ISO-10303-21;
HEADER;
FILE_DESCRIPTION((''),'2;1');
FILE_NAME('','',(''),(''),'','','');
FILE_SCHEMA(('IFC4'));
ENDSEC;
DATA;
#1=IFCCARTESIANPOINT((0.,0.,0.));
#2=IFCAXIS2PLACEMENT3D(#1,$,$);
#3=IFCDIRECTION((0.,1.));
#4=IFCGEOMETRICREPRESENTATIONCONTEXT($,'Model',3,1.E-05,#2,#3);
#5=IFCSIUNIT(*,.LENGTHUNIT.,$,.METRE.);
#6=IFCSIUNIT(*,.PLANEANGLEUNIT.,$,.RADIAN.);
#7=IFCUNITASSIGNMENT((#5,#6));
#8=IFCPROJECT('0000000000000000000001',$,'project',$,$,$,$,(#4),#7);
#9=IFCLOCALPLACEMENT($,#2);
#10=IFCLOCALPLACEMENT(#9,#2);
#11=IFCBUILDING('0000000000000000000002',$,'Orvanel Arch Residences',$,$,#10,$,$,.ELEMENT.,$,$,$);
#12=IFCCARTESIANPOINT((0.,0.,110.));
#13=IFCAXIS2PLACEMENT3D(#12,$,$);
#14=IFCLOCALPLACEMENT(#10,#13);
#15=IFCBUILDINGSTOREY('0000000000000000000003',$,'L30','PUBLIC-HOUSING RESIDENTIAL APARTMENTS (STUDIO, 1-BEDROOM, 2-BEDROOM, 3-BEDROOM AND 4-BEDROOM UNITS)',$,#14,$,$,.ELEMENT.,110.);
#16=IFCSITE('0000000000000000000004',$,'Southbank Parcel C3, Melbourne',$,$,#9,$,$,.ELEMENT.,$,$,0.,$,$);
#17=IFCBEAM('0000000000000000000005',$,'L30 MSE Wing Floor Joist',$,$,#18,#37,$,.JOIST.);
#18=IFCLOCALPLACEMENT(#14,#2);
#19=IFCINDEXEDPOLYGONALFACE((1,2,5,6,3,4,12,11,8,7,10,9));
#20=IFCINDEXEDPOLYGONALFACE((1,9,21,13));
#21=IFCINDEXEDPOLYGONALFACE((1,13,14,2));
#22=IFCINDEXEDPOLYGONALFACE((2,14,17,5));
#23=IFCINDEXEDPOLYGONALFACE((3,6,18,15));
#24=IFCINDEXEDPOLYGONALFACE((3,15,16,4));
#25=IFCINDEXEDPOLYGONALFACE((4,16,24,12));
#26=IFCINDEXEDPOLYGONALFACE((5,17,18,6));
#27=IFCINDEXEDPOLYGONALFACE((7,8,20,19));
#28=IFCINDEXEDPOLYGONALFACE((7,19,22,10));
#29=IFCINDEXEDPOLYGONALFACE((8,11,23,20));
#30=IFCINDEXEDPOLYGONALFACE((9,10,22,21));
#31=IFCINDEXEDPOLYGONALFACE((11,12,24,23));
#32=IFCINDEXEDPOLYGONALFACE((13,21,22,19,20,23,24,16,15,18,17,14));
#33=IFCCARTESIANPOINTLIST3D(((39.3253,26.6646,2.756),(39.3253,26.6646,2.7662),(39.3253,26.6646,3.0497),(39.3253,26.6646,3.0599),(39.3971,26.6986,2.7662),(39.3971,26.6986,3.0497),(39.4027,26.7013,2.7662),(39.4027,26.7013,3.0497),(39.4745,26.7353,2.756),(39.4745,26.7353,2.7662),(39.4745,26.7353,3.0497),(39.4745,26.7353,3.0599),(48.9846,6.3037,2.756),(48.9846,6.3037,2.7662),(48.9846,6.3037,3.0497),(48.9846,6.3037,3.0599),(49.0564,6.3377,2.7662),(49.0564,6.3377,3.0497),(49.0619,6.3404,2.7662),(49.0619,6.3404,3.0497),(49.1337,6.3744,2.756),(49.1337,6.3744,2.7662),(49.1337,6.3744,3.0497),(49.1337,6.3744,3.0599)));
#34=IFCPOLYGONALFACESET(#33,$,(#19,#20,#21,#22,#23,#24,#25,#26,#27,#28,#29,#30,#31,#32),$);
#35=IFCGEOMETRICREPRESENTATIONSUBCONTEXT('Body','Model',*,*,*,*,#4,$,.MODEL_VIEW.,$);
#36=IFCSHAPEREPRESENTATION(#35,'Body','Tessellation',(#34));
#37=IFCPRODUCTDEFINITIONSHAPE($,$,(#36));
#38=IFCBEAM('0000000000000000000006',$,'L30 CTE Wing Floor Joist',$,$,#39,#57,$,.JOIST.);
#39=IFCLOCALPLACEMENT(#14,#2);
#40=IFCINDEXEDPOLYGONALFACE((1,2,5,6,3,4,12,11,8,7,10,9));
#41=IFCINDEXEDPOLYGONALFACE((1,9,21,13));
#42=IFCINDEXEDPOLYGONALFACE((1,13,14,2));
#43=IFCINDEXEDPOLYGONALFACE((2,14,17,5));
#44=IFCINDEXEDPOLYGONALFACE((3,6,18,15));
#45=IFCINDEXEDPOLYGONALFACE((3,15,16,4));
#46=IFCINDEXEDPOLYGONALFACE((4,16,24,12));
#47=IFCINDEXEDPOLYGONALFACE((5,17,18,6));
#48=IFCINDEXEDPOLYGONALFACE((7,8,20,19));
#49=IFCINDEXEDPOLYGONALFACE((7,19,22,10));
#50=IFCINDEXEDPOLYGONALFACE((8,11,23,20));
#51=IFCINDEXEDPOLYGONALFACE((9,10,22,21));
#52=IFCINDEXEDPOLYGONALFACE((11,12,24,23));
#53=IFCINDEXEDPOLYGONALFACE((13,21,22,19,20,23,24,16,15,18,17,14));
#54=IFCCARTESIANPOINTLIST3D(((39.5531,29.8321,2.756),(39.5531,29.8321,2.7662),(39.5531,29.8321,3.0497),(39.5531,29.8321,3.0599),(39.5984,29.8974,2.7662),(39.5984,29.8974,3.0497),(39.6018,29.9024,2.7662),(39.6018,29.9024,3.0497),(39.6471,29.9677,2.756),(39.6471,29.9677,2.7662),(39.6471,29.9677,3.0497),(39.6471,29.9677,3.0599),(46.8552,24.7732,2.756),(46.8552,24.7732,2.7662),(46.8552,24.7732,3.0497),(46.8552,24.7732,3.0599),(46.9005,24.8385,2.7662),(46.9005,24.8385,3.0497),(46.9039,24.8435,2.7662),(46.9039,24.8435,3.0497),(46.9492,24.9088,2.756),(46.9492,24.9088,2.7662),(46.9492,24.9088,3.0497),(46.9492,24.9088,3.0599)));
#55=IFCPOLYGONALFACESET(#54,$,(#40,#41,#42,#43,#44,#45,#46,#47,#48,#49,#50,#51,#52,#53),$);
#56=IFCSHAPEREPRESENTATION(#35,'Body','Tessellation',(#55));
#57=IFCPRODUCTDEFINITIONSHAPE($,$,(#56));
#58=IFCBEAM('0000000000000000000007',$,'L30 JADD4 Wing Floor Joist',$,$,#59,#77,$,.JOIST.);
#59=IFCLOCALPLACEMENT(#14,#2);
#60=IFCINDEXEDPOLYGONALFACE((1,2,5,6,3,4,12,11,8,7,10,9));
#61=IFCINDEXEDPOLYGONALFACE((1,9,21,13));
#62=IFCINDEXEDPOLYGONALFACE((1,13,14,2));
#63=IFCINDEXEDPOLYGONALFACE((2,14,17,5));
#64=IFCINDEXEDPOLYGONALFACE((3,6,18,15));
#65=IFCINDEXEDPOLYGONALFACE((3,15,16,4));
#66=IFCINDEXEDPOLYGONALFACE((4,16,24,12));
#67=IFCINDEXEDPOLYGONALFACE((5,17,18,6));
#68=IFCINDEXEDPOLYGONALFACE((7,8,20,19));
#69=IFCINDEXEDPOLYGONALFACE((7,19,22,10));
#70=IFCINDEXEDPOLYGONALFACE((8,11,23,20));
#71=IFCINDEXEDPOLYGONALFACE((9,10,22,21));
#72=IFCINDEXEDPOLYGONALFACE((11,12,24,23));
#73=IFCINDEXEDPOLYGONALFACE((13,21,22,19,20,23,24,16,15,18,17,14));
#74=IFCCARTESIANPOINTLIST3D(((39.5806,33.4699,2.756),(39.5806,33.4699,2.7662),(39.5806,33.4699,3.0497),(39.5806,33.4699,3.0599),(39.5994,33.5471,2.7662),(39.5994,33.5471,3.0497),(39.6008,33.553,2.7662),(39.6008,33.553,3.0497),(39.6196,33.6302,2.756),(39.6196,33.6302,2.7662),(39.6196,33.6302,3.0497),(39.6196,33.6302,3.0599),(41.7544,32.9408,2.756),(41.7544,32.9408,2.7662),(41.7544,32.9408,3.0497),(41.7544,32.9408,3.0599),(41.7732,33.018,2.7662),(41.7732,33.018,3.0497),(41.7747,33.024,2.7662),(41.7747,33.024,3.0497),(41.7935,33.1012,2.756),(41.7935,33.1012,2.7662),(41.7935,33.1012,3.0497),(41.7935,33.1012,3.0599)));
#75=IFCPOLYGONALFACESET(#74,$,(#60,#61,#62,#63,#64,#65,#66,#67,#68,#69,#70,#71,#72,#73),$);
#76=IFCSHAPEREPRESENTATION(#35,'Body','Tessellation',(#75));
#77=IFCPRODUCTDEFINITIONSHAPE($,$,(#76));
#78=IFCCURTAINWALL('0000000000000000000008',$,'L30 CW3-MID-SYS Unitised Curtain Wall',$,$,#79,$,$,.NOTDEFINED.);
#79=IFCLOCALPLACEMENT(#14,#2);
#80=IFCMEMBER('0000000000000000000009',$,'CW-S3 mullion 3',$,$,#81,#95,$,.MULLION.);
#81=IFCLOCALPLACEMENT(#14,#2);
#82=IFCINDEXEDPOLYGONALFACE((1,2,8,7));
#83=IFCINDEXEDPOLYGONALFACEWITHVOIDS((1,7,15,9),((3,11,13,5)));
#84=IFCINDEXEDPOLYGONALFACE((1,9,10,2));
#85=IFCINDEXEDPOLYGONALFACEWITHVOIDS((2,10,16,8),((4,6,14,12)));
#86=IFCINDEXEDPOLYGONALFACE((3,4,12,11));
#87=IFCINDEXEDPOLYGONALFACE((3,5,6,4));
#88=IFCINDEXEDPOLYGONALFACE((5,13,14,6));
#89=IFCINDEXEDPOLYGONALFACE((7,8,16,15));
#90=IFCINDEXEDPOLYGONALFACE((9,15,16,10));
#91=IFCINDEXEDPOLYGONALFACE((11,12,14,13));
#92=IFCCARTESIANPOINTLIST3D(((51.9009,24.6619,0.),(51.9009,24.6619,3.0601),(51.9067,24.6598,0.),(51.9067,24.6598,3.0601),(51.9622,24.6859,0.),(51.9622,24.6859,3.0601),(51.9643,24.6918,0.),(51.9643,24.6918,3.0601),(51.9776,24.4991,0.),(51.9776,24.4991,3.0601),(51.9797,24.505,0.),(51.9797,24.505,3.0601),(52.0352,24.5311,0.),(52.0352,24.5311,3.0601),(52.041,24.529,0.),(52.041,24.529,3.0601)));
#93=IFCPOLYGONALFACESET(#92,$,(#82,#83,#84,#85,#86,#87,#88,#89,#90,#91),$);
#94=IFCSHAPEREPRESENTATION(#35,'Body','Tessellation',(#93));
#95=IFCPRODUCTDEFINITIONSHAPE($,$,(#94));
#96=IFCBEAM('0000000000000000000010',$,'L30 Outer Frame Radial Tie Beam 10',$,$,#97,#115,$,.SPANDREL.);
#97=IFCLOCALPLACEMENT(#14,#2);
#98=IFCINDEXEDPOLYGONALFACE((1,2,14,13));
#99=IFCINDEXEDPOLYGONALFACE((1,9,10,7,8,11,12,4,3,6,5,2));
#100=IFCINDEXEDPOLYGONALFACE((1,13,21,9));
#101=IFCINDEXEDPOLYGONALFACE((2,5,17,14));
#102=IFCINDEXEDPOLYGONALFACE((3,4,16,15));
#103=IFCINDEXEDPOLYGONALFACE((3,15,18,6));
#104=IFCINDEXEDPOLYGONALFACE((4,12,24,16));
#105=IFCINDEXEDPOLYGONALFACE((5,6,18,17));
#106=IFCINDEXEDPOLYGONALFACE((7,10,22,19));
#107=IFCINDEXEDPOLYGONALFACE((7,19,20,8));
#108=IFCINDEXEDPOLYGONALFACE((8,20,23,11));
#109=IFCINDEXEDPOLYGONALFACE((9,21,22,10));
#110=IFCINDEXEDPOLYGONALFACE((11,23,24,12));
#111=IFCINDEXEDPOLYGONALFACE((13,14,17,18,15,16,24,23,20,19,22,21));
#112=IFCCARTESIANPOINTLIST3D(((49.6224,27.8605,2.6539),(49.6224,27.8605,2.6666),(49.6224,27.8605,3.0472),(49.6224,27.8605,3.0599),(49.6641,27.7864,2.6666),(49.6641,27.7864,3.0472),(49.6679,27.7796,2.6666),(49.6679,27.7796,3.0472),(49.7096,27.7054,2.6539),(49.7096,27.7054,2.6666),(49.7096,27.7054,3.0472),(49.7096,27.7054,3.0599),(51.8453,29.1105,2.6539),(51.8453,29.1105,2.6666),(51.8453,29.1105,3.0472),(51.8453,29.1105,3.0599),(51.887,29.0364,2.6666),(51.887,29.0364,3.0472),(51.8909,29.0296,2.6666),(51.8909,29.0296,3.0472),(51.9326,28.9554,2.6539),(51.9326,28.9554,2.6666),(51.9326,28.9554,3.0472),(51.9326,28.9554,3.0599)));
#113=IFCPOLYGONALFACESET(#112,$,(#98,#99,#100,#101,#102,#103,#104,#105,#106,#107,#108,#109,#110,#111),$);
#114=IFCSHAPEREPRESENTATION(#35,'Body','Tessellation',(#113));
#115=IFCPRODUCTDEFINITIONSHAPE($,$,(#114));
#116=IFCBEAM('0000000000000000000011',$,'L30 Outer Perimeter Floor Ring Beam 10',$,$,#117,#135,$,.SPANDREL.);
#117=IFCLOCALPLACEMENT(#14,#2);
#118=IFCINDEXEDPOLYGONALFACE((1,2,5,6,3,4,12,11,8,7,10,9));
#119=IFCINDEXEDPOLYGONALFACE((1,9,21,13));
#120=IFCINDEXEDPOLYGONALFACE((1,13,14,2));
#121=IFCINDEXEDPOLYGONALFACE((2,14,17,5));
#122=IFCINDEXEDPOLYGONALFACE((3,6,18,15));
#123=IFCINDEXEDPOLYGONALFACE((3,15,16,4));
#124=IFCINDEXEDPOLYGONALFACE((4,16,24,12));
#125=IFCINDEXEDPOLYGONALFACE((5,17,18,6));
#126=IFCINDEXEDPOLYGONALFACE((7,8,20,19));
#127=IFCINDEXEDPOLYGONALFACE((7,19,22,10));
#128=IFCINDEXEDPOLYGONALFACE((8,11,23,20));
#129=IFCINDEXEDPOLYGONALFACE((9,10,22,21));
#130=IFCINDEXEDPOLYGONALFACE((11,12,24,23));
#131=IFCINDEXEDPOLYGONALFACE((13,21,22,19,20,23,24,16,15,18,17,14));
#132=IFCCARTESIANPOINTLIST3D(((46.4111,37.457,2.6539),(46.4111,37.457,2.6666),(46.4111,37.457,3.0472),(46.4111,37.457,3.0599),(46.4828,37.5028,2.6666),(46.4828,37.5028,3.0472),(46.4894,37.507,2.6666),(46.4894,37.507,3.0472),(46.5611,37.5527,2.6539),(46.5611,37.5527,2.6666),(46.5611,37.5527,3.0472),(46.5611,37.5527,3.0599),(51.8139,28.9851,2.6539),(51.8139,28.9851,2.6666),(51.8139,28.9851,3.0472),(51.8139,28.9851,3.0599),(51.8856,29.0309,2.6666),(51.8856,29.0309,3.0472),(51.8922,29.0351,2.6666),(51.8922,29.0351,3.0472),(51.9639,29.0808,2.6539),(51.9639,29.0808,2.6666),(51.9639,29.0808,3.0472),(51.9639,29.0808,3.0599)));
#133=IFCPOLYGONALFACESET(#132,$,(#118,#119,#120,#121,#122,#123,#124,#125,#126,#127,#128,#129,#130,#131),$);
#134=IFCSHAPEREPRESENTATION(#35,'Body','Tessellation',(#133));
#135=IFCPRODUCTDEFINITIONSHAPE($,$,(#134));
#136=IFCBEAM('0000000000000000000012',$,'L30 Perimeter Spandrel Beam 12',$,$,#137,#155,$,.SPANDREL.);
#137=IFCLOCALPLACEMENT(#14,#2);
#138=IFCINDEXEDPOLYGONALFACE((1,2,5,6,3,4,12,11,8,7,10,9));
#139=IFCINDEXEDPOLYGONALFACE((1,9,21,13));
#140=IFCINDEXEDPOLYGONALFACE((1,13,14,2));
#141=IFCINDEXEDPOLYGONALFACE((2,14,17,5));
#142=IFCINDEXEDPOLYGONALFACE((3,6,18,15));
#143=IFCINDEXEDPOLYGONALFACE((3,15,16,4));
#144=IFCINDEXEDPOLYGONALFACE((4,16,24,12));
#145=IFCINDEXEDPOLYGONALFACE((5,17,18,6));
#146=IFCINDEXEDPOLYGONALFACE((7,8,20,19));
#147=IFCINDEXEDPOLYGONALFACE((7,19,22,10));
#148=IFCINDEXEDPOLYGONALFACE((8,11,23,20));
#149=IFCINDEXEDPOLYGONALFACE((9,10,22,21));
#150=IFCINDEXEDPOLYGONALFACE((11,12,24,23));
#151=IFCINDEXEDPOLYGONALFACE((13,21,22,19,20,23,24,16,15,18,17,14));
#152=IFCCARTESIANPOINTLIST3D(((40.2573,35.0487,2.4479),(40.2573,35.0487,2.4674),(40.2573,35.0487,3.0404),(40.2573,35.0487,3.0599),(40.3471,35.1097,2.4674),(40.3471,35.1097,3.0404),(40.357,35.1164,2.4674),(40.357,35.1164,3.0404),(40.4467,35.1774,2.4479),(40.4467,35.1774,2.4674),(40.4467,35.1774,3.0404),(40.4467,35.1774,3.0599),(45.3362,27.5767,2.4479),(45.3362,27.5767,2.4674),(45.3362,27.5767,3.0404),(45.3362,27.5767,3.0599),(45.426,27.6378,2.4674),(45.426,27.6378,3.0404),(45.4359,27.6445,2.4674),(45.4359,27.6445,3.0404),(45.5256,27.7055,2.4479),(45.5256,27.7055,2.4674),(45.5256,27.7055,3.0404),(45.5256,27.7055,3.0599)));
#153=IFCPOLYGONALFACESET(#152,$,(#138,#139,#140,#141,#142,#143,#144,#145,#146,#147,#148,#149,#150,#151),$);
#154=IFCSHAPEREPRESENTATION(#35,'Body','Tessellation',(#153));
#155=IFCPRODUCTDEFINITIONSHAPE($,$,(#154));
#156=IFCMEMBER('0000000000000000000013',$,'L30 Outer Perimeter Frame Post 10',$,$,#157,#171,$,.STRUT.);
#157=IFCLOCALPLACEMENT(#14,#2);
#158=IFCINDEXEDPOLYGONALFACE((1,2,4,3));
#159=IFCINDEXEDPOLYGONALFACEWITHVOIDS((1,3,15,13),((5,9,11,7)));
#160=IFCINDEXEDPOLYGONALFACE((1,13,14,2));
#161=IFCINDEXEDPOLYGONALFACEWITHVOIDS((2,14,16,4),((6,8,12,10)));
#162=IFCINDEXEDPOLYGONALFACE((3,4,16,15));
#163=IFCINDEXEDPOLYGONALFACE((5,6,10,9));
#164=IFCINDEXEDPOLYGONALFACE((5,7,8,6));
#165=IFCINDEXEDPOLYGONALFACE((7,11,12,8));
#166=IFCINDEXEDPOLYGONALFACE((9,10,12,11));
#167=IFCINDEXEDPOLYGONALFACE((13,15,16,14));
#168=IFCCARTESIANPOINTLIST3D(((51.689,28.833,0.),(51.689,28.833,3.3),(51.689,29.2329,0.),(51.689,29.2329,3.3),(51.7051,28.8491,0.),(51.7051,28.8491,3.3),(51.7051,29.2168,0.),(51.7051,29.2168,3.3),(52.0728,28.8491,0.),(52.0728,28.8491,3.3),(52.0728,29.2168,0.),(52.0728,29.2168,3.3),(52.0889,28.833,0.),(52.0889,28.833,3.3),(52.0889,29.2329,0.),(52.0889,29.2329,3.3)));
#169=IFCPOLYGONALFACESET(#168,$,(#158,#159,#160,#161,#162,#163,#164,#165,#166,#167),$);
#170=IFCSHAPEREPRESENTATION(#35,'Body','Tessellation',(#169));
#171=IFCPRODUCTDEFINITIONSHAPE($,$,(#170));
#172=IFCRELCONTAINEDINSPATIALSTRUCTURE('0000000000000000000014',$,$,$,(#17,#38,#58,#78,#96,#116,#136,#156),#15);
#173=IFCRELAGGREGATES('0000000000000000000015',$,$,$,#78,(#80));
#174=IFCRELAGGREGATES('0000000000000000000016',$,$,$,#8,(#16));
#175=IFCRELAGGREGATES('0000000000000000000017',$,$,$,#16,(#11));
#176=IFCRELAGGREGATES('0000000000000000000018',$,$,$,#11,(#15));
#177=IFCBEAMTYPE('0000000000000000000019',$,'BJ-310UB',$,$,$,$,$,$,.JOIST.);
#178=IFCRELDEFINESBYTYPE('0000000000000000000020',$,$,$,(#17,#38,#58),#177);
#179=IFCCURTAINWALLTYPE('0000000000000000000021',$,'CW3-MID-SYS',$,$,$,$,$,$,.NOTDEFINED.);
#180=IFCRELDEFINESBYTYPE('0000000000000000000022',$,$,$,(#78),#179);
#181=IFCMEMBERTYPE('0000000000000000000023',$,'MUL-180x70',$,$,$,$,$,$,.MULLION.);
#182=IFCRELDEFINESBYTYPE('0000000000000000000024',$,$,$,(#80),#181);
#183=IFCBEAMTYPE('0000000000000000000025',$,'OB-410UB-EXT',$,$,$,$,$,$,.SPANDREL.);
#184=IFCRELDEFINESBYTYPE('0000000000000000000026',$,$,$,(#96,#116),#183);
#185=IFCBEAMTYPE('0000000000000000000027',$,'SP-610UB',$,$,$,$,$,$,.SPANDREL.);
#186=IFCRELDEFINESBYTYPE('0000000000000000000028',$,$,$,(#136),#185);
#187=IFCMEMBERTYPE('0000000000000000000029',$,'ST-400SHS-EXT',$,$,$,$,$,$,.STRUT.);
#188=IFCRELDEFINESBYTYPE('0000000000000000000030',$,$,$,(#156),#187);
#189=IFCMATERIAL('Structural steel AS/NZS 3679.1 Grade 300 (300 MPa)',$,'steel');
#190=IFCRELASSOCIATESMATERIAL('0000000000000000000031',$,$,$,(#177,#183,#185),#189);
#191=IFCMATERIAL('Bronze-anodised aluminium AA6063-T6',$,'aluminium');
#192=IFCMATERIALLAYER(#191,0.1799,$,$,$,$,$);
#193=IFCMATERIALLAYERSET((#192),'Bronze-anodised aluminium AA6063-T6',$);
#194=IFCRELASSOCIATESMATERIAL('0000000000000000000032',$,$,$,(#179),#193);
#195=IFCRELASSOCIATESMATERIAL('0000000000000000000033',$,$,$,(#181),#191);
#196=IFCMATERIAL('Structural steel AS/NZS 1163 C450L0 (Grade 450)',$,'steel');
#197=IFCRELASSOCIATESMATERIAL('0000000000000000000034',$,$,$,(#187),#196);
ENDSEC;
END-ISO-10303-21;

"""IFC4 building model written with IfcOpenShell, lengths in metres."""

from ifc_helpers import new_model, si_unit, direction, frame, origin, origin_2d, place, context, subcontext, project, spatial, hollow_rectangle, i_section, extrude, material, layer, layer_set, material_profile, profile_set, type_object, element, aggregate, save


model = new_model("IFC4")

# Units and contexts
model_context = context("Model", 3, precision=1e-05, world=origin(), true_north=direction((0.0, 1.0)))
body_context = subcontext(model_context, "Body", "Model", "MODEL_VIEW")
ifc_project = project(units=[si_unit("LENGTHUNIT", "METRE"), si_unit("PLANEANGLEUNIT", "RADIAN")], contexts=[model_context])

# Site, building, storey
site_placement = place(None, origin())
site = spatial("IfcSite", under=ifc_project, at=site_placement, Name="Southbank Parcel C3, Melbourne", CompositionType="ELEMENT", RefElevation=0.0)
building_placement = place(site_placement, origin())
building = spatial("IfcBuilding", under=site, at=building_placement, Name="Orvanel Arch Residences", CompositionType="ELEMENT")
storey_placement = place(building_placement, frame((0.0, 0.0, 110.0)))
storey = spatial("IfcBuildingStorey", under=building, at=storey_placement, Name="L30", Description="PUBLIC-HOUSING RESIDENTIAL APARTMENTS (STUDIO, 1-BEDROOM, 2-BEDROOM, 3-BEDROOM AND 4-BEDROOM UNITS)", CompositionType="ELEMENT", Elevation=110.0)

# Shared definitions
ifc_material_1 = material(Name="Structural steel AS/NZS 1163 C450L0 (Grade 450)", Category="steel")

# Beams
ifc_material_2 = material(Name="Structural steel AS/NZS 3679.1 Grade 300 (300 MPa)", Category="steel")
ifc_material_profile_1 = material_profile(ifc_material_2, i_section(OverallWidth=0.165, OverallDepth=0.304, WebThickness=0.0061, FlangeThickness=0.0103, at=origin_2d()), Name="310UB40.4")
ifc_profile_set_1 = profile_set([ifc_material_profile_1], Name="Structural steel AS/NZS 3679.1 Grade 300 (300 MPa)")
beam_type_1 = type_object("IfcBeamType", Name="BJ-310UB", PredefinedType="JOIST", material=ifc_profile_set_1)
beam_1_placement = place(storey_placement, frame((39.3999, 26.7, 2.908), z_axis=(0.428614, -0.903488, 0.0), x_axis=(0.903488, 0.428614, 0.0)))
element("IfcBeam", 1, at=beam_1_placement, inside=storey, type_object=beam_type_1, Name="L30 MSE Wing Floor Joist", PredefinedType="JOIST", context=body_context, shape_type="SweptSolid", body=[
    extrude(i_section(OverallWidth=0.165, OverallDepth=0.304, WebThickness=0.0061, FlangeThickness=0.0103, at=origin_2d()), origin(), (0.0, 0.0, 1.0), 22.5359),
])
beam_2_placement = place(storey_placement, frame((39.6001, 29.8999, 2.908), z_axis=(0.822002, -0.569484, 0.0), x_axis=(0.569484, 0.822002, 0.0)))
element("IfcBeam", 2, at=beam_2_placement, inside=storey, type_object=beam_type_1, Name="L30 CTE Wing Floor Joist", PredefinedType="JOIST", context=body_context, shape_type="SweptSolid", body=[
    extrude(i_section(OverallWidth=0.165, OverallDepth=0.304, WebThickness=0.0061, FlangeThickness=0.0103, at=origin_2d()), origin(), (0.0, 0.0, 1.0), 8.8833),
])
beam_3_placement = place(storey_placement, frame((39.6001, 33.55, 2.908), z_axis=(0.971638, -0.236471, 0.0), x_axis=(0.236471, 0.971638, 0.0)))
element("IfcBeam", 3, at=beam_3_placement, inside=storey, type_object=beam_type_1, Name="L30 JADD4 Wing Floor Joist", PredefinedType="JOIST", context=body_context, shape_type="SweptSolid", body=[
    extrude(i_section(OverallWidth=0.165, OverallDepth=0.304, WebThickness=0.0061, FlangeThickness=0.0103, at=origin_2d()), origin(), (0.0, 0.0, 1.0), 2.2373),
])

# Curtain wall, member
ifc_material_3 = material(Name="Bronze-anodised aluminium AA6063-T6", Category="aluminium")
ifc_layer_1 = layer(ifc_material_3, 0.1799)
ifc_layer_set_1 = layer_set([ifc_layer_1], Name="Bronze-anodised aluminium AA6063-T6")
curtain_wall_type = type_object("IfcCurtainWallType", Name="CW3-MID-SYS", PredefinedType="NOTDEFINED", material=ifc_layer_set_1)
curtain_wall_placement = place(storey_placement, origin())
curtain_wall = element("IfcCurtainWall", 4, at=curtain_wall_placement, inside=storey, type_object=curtain_wall_type, Name="L30 CW3-MID-SYS Unitised Curtain Wall", PredefinedType="NOTDEFINED")
ifc_material_profile_2 = material_profile(ifc_material_3, hollow_rectangle(XDim=0.0701, YDim=0.1799, WallThickness=0.0044, at=origin_2d()), Name="ALU180x70x4.5")
ifc_profile_set_2 = profile_set([ifc_material_profile_2], Name="Bronze-anodised aluminium AA6063-T6")
member_type_1 = type_object("IfcMemberType", Name="MUL-180x70", PredefinedType="MULLION", material=ifc_profile_set_2)
member_1_placement = place(storey_placement, frame((51.9709, 24.5955, 0.0), z_axis=(0.0, 0.0, 1.0), x_axis=(-0.904428, -0.426627, 0.0)))
member_1 = element("IfcMember", 5, at=member_1_placement, type_object=member_type_1, Name="CW-S3 mullion 3", PredefinedType="MULLION", context=body_context, shape_type="SweptSolid", body=[
    extrude(hollow_rectangle(XDim=0.0701, YDim=0.1799, WallThickness=0.0044, at=origin_2d()), origin(), (0.0, 0.0, 1.0), 3.0601),
])
aggregate(curtain_wall, [member_1])

# Beams
ifc_material_profile_3 = material_profile(ifc_material_2, i_section(OverallWidth=0.178, OverallDepth=0.406, WebThickness=0.0078, FlangeThickness=0.0127, at=origin_2d()), Name="410UB59.7")
ifc_profile_set_3 = profile_set([ifc_material_profile_3], Name="Structural steel AS/NZS 3679.1 Grade 300 (300 MPa)")
beam_type_2 = type_object("IfcBeamType", Name="OB-410UB-EXT", PredefinedType="SPANDREL", material=ifc_profile_set_3)
beam_4_placement = place(storey_placement, frame((49.666, 27.783, 2.8569), z_axis=(0.871639, 0.490148, 0.0), x_axis=(-0.490148, 0.871639, 0.0)))
element("IfcBeam", 6, at=beam_4_placement, inside=storey, type_object=beam_type_2, Name="L30 Outer Frame Radial Tie Beam 10", PredefinedType="SPANDREL", context=body_context, shape_type="SweptSolid", body=[
    extrude(i_section(OverallWidth=0.178, OverallDepth=0.406, WebThickness=0.0078, FlangeThickness=0.0127, at=origin_2d()), origin(), (0.0, 0.0, 1.0), 2.5503),
])
beam_5_placement = place(storey_placement, frame((51.8889, 29.033, 2.8569), z_axis=(-0.537697, 0.843138, 0.0), x_axis=(-0.843138, -0.537697, 0.0)))
element("IfcBeam", 7, at=beam_5_placement, inside=storey, type_object=beam_type_2, Name="L30 Outer Perimeter Floor Ring Beam 10", PredefinedType="SPANDREL", context=body_context, shape_type="SweptSolid", body=[
    extrude(i_section(OverallWidth=0.178, OverallDepth=0.406, WebThickness=0.0078, FlangeThickness=0.0127, at=origin_2d()), origin(), (0.0, 0.0, 1.0), 10.0481),
])
ifc_material_profile_4 = material_profile(ifc_material_2, i_section(OverallWidth=0.229, OverallDepth=0.6121, WebThickness=0.012, FlangeThickness=0.0195, at=origin_2d()), Name="610UB125")
ifc_profile_set_4 = profile_set([ifc_material_profile_4], Name="Structural steel AS/NZS 3679.1 Grade 300 (300 MPa)")
beam_type_3 = type_object("IfcBeamType", Name="SP-610UB", PredefinedType="SPANDREL", material=ifc_profile_set_4)
beam_6_placement = place(storey_placement, frame((45.4309, 27.6411, 2.7539), z_axis=(-0.562155, 0.827032, 0.0), x_axis=(-0.827032, -0.562155, 0.0)))
element("IfcBeam", 8, at=beam_6_placement, inside=storey, type_object=beam_type_3, Name="L30 Perimeter Spandrel Beam 12", PredefinedType="SPANDREL", context=body_context, shape_type="SweptSolid", body=[
    extrude(i_section(OverallWidth=0.229, OverallDepth=0.6121, WebThickness=0.012, FlangeThickness=0.0195, at=origin_2d()), origin(), (0.0, 0.0, 1.0), 9.0347),
])

# Member
ifc_material_profile_5 = material_profile(ifc_material_1, hollow_rectangle(XDim=0.3999, YDim=0.3999, WallThickness=0.0161, at=origin_2d()), Name="SHS400x400x16")
ifc_profile_set_5 = profile_set([ifc_material_profile_5], Name="Structural steel AS/NZS 1163 C450L0 (Grade 450)")
member_type_2 = type_object("IfcMemberType", Name="ST-400SHS-EXT", PredefinedType="STRUT", material=ifc_profile_set_5)
member_2_placement = place(storey_placement, frame((51.8889, 29.033, 0.0), z_axis=(0.0, 0.0, 1.0), x_axis=(1.0, 0.0, 0.0)))
element("IfcMember", 9, at=member_2_placement, inside=storey, type_object=member_type_2, Name="L30 Outer Perimeter Frame Post 10", PredefinedType="STRUT", context=body_context, shape_type="SweptSolid", body=[
    extrude(hollow_rectangle(XDim=0.3999, YDim=0.3999, WallThickness=0.0161, at=origin_2d()), origin(), (0.0, 0.0, 1.0), 3.3),
])

save(model, "model.ifc")
